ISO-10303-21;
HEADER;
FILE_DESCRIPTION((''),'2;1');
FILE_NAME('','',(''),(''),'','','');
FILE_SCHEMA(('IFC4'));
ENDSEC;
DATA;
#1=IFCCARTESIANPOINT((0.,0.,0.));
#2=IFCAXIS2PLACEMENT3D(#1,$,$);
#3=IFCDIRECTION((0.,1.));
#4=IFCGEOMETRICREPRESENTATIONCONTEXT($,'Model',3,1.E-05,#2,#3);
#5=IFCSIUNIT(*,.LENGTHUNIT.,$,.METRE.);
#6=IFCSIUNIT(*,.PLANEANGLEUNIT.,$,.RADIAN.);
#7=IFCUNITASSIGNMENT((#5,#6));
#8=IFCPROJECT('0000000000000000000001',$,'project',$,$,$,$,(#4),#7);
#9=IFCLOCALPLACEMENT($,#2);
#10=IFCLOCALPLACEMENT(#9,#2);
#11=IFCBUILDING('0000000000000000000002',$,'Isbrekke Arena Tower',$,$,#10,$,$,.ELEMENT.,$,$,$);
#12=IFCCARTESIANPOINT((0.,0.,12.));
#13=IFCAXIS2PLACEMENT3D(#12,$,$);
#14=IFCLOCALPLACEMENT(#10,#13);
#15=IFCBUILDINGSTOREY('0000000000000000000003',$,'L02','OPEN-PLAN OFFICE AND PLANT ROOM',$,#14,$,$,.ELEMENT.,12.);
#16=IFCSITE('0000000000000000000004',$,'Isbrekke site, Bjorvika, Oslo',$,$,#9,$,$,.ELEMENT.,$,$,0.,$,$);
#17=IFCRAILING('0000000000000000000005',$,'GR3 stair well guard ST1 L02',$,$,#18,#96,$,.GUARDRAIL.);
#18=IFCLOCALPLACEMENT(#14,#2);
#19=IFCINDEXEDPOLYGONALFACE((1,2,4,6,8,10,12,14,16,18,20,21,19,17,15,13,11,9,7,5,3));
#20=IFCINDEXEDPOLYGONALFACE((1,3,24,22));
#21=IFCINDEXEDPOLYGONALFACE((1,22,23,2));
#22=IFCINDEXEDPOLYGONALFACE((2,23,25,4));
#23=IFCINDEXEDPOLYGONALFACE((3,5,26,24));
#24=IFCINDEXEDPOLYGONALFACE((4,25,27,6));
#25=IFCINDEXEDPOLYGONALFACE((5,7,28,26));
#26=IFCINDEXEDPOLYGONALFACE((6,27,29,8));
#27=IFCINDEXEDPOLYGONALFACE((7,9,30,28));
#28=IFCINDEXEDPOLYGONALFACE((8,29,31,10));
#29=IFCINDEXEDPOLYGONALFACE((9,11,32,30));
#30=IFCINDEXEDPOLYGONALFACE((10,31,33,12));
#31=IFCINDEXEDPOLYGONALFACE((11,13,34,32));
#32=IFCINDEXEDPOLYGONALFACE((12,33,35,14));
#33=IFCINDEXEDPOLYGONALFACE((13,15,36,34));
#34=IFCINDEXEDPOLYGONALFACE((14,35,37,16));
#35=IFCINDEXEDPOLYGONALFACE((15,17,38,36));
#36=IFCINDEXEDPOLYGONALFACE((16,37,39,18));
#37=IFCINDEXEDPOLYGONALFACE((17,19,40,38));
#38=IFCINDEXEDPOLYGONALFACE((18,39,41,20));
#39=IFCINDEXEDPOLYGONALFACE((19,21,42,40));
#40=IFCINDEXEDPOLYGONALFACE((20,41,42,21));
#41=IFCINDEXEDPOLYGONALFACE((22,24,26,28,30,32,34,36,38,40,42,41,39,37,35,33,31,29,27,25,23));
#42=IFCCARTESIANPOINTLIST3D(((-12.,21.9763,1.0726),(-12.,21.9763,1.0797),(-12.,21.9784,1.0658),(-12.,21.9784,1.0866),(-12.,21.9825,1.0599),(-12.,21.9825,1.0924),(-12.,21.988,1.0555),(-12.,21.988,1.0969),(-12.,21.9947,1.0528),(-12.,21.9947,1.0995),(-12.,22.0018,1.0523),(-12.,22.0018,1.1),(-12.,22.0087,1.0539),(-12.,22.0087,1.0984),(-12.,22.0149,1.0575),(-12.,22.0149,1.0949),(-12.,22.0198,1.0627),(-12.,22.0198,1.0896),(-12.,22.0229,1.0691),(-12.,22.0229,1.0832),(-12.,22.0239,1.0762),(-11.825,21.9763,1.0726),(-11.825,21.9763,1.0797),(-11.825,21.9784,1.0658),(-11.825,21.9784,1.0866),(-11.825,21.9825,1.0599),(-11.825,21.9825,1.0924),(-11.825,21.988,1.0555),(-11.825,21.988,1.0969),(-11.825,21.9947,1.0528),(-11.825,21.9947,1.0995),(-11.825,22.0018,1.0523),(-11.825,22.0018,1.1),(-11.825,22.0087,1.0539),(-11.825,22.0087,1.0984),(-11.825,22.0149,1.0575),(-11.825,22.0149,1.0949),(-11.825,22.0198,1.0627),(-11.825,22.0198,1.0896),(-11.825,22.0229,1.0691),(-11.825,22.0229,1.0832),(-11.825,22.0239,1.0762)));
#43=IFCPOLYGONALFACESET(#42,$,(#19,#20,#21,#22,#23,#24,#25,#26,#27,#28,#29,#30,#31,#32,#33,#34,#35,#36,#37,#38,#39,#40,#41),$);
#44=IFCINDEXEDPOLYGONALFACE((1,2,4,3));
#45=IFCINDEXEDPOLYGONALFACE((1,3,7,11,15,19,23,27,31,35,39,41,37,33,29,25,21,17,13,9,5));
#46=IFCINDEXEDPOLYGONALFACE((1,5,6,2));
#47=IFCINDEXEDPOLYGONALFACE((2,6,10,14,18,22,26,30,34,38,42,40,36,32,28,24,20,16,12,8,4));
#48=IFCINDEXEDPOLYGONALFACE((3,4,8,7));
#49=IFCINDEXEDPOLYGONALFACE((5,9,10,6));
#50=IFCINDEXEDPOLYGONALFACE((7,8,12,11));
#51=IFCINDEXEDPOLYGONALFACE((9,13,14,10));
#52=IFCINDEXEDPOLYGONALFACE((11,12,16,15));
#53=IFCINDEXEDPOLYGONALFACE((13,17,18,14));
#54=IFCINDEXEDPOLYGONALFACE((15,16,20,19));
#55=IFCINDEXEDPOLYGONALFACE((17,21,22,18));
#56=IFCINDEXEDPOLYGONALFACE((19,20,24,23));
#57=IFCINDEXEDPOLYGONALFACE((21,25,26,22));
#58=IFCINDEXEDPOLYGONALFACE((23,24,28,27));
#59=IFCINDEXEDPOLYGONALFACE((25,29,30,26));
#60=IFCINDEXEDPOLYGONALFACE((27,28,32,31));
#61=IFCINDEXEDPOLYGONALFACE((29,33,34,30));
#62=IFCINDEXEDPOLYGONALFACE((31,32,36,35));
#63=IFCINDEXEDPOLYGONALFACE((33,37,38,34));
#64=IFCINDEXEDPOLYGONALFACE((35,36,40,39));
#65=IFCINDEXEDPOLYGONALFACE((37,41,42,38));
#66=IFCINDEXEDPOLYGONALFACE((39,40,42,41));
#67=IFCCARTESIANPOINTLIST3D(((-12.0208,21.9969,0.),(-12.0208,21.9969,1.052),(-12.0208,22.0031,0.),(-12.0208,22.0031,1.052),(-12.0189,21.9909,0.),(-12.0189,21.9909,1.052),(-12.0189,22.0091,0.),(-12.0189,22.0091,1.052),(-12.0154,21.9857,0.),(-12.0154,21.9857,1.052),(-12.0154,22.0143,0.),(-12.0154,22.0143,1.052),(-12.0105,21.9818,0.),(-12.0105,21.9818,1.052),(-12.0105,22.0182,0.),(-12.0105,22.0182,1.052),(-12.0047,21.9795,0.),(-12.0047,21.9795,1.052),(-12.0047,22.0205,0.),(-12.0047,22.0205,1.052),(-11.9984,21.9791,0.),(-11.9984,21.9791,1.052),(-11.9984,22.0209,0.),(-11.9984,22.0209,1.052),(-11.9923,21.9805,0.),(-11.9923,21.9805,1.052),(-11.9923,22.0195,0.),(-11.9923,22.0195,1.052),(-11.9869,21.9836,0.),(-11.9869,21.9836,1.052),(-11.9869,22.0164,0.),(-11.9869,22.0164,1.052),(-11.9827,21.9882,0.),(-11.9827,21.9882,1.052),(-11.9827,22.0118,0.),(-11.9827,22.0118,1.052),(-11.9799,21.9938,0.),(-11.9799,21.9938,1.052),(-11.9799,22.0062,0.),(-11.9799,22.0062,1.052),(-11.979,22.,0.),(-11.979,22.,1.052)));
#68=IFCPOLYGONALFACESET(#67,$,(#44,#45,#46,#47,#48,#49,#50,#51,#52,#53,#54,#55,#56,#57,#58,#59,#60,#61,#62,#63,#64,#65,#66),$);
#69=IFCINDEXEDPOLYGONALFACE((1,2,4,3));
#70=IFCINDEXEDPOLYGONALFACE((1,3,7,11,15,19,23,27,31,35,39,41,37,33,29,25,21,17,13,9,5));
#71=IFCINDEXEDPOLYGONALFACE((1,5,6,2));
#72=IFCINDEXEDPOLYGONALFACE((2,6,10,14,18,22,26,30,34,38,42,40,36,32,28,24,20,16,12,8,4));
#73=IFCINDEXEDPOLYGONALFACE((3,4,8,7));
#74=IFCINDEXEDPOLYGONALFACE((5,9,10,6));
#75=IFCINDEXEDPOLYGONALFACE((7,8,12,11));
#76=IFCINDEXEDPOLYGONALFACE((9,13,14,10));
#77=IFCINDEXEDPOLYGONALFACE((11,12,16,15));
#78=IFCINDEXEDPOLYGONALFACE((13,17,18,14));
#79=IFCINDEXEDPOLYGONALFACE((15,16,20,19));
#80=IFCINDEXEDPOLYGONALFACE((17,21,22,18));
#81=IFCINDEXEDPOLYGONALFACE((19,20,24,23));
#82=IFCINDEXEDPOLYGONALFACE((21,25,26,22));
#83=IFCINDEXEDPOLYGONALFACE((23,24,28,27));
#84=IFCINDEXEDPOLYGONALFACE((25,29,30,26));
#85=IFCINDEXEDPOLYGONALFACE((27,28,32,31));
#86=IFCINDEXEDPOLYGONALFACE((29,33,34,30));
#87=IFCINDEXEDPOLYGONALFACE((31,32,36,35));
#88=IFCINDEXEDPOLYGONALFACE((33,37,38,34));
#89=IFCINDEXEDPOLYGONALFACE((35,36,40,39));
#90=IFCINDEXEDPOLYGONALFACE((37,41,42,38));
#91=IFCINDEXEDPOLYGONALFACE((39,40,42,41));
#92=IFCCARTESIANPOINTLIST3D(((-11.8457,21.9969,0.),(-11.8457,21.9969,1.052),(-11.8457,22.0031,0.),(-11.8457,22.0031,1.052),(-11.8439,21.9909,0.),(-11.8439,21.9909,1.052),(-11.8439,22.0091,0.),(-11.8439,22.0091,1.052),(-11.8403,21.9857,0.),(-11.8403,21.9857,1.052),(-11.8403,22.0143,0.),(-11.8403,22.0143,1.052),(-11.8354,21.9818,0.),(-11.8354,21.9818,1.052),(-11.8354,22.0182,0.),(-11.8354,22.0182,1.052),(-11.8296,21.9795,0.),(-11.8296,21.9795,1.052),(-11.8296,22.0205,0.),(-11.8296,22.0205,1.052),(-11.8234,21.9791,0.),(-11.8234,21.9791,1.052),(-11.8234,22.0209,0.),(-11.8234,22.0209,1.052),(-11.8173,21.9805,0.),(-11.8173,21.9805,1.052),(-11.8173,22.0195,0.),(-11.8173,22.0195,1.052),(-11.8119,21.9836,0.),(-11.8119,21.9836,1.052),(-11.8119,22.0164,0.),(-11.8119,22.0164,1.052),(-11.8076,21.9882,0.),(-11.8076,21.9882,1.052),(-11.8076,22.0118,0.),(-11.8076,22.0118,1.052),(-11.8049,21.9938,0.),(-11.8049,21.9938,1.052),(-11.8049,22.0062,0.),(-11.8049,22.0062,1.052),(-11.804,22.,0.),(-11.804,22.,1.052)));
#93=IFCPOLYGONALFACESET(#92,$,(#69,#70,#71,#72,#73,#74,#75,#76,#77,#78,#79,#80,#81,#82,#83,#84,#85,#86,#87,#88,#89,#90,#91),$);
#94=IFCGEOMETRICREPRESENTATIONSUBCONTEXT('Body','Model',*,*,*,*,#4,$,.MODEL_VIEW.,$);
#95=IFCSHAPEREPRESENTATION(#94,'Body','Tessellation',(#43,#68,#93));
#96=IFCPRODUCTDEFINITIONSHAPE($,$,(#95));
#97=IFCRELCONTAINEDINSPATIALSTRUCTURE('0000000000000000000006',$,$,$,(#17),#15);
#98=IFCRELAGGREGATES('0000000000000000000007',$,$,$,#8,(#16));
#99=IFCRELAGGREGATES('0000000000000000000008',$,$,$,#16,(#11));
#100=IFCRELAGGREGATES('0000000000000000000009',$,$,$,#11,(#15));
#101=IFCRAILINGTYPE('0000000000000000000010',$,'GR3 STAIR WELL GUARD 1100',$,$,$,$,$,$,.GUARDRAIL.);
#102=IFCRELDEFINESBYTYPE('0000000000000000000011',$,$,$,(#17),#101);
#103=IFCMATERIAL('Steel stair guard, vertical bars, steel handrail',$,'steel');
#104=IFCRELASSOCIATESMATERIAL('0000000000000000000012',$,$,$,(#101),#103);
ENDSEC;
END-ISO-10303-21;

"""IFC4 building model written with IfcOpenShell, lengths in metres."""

from ifc_helpers import new_model, si_unit, direction, frame, origin, origin_2d, place, context, subcontext, project, spatial, circle, extrude, material, type_object, element, save


model = new_model("IFC4")

# Units and contexts
model_context = context("Model", 3, precision=1e-05, world=origin(), true_north=direction((0.0, 1.0)))
body_context = subcontext(model_context, "Body", "Model", "MODEL_VIEW")
ifc_project = project(units=[si_unit("LENGTHUNIT", "METRE"), si_unit("PLANEANGLEUNIT", "RADIAN")], contexts=[model_context])

# Site, building, storey
site_placement = place(None, origin())
site = spatial("IfcSite", under=ifc_project, at=site_placement, Name="Isbrekke site, Bjorvika, Oslo", CompositionType="ELEMENT", RefElevation=0.0)
building_placement = place(site_placement, origin())
building = spatial("IfcBuilding", under=site, at=building_placement, Name="Isbrekke Arena Tower", CompositionType="ELEMENT")
storey_placement = place(building_placement, frame((0.0, 0.0, 12.0)))
storey = spatial("IfcBuildingStorey", under=building, at=storey_placement, Name="L02", Description="OPEN-PLAN OFFICE AND PLANT ROOM", CompositionType="ELEMENT", Elevation=12.0)

# Railing
ifc_material_1 = material(Name="Steel stair guard, vertical bars, steel handrail", Category="steel")
railing_type = type_object("IfcRailingType", Name="GR3 STAIR WELL GUARD 1100", PredefinedType="GUARDRAIL", material=ifc_material_1)
railing_placement = place(storey_placement, frame((-12.0, 22.0, 0.0)))
element("IfcRailing", 1, at=railing_placement, inside=storey, type_object=railing_type, Name="GR3 stair well guard ST1 L02", PredefinedType="GUARDRAIL", context=body_context, shape_type="SweptSolid", body=[
    extrude(circle(Radius=0.0239, at=origin_2d()), frame((0.0, 0.0, 1.0762), z_axis=(1.0, 0.0, 0.0), x_axis=(0.0, 1.0, 0.0)), (0.0, 0.0, 1.0), 0.175),
    extrude(circle(Radius=0.021, at=origin_2d()), origin(), (0.0, 0.0, 1.0), 1.052),
    extrude(circle(Radius=0.021, at=origin_2d()), frame((0.175, 0.0, 0.0)), (0.0, 0.0, 1.0), 1.052),
])

save(model, "model.ifc")
